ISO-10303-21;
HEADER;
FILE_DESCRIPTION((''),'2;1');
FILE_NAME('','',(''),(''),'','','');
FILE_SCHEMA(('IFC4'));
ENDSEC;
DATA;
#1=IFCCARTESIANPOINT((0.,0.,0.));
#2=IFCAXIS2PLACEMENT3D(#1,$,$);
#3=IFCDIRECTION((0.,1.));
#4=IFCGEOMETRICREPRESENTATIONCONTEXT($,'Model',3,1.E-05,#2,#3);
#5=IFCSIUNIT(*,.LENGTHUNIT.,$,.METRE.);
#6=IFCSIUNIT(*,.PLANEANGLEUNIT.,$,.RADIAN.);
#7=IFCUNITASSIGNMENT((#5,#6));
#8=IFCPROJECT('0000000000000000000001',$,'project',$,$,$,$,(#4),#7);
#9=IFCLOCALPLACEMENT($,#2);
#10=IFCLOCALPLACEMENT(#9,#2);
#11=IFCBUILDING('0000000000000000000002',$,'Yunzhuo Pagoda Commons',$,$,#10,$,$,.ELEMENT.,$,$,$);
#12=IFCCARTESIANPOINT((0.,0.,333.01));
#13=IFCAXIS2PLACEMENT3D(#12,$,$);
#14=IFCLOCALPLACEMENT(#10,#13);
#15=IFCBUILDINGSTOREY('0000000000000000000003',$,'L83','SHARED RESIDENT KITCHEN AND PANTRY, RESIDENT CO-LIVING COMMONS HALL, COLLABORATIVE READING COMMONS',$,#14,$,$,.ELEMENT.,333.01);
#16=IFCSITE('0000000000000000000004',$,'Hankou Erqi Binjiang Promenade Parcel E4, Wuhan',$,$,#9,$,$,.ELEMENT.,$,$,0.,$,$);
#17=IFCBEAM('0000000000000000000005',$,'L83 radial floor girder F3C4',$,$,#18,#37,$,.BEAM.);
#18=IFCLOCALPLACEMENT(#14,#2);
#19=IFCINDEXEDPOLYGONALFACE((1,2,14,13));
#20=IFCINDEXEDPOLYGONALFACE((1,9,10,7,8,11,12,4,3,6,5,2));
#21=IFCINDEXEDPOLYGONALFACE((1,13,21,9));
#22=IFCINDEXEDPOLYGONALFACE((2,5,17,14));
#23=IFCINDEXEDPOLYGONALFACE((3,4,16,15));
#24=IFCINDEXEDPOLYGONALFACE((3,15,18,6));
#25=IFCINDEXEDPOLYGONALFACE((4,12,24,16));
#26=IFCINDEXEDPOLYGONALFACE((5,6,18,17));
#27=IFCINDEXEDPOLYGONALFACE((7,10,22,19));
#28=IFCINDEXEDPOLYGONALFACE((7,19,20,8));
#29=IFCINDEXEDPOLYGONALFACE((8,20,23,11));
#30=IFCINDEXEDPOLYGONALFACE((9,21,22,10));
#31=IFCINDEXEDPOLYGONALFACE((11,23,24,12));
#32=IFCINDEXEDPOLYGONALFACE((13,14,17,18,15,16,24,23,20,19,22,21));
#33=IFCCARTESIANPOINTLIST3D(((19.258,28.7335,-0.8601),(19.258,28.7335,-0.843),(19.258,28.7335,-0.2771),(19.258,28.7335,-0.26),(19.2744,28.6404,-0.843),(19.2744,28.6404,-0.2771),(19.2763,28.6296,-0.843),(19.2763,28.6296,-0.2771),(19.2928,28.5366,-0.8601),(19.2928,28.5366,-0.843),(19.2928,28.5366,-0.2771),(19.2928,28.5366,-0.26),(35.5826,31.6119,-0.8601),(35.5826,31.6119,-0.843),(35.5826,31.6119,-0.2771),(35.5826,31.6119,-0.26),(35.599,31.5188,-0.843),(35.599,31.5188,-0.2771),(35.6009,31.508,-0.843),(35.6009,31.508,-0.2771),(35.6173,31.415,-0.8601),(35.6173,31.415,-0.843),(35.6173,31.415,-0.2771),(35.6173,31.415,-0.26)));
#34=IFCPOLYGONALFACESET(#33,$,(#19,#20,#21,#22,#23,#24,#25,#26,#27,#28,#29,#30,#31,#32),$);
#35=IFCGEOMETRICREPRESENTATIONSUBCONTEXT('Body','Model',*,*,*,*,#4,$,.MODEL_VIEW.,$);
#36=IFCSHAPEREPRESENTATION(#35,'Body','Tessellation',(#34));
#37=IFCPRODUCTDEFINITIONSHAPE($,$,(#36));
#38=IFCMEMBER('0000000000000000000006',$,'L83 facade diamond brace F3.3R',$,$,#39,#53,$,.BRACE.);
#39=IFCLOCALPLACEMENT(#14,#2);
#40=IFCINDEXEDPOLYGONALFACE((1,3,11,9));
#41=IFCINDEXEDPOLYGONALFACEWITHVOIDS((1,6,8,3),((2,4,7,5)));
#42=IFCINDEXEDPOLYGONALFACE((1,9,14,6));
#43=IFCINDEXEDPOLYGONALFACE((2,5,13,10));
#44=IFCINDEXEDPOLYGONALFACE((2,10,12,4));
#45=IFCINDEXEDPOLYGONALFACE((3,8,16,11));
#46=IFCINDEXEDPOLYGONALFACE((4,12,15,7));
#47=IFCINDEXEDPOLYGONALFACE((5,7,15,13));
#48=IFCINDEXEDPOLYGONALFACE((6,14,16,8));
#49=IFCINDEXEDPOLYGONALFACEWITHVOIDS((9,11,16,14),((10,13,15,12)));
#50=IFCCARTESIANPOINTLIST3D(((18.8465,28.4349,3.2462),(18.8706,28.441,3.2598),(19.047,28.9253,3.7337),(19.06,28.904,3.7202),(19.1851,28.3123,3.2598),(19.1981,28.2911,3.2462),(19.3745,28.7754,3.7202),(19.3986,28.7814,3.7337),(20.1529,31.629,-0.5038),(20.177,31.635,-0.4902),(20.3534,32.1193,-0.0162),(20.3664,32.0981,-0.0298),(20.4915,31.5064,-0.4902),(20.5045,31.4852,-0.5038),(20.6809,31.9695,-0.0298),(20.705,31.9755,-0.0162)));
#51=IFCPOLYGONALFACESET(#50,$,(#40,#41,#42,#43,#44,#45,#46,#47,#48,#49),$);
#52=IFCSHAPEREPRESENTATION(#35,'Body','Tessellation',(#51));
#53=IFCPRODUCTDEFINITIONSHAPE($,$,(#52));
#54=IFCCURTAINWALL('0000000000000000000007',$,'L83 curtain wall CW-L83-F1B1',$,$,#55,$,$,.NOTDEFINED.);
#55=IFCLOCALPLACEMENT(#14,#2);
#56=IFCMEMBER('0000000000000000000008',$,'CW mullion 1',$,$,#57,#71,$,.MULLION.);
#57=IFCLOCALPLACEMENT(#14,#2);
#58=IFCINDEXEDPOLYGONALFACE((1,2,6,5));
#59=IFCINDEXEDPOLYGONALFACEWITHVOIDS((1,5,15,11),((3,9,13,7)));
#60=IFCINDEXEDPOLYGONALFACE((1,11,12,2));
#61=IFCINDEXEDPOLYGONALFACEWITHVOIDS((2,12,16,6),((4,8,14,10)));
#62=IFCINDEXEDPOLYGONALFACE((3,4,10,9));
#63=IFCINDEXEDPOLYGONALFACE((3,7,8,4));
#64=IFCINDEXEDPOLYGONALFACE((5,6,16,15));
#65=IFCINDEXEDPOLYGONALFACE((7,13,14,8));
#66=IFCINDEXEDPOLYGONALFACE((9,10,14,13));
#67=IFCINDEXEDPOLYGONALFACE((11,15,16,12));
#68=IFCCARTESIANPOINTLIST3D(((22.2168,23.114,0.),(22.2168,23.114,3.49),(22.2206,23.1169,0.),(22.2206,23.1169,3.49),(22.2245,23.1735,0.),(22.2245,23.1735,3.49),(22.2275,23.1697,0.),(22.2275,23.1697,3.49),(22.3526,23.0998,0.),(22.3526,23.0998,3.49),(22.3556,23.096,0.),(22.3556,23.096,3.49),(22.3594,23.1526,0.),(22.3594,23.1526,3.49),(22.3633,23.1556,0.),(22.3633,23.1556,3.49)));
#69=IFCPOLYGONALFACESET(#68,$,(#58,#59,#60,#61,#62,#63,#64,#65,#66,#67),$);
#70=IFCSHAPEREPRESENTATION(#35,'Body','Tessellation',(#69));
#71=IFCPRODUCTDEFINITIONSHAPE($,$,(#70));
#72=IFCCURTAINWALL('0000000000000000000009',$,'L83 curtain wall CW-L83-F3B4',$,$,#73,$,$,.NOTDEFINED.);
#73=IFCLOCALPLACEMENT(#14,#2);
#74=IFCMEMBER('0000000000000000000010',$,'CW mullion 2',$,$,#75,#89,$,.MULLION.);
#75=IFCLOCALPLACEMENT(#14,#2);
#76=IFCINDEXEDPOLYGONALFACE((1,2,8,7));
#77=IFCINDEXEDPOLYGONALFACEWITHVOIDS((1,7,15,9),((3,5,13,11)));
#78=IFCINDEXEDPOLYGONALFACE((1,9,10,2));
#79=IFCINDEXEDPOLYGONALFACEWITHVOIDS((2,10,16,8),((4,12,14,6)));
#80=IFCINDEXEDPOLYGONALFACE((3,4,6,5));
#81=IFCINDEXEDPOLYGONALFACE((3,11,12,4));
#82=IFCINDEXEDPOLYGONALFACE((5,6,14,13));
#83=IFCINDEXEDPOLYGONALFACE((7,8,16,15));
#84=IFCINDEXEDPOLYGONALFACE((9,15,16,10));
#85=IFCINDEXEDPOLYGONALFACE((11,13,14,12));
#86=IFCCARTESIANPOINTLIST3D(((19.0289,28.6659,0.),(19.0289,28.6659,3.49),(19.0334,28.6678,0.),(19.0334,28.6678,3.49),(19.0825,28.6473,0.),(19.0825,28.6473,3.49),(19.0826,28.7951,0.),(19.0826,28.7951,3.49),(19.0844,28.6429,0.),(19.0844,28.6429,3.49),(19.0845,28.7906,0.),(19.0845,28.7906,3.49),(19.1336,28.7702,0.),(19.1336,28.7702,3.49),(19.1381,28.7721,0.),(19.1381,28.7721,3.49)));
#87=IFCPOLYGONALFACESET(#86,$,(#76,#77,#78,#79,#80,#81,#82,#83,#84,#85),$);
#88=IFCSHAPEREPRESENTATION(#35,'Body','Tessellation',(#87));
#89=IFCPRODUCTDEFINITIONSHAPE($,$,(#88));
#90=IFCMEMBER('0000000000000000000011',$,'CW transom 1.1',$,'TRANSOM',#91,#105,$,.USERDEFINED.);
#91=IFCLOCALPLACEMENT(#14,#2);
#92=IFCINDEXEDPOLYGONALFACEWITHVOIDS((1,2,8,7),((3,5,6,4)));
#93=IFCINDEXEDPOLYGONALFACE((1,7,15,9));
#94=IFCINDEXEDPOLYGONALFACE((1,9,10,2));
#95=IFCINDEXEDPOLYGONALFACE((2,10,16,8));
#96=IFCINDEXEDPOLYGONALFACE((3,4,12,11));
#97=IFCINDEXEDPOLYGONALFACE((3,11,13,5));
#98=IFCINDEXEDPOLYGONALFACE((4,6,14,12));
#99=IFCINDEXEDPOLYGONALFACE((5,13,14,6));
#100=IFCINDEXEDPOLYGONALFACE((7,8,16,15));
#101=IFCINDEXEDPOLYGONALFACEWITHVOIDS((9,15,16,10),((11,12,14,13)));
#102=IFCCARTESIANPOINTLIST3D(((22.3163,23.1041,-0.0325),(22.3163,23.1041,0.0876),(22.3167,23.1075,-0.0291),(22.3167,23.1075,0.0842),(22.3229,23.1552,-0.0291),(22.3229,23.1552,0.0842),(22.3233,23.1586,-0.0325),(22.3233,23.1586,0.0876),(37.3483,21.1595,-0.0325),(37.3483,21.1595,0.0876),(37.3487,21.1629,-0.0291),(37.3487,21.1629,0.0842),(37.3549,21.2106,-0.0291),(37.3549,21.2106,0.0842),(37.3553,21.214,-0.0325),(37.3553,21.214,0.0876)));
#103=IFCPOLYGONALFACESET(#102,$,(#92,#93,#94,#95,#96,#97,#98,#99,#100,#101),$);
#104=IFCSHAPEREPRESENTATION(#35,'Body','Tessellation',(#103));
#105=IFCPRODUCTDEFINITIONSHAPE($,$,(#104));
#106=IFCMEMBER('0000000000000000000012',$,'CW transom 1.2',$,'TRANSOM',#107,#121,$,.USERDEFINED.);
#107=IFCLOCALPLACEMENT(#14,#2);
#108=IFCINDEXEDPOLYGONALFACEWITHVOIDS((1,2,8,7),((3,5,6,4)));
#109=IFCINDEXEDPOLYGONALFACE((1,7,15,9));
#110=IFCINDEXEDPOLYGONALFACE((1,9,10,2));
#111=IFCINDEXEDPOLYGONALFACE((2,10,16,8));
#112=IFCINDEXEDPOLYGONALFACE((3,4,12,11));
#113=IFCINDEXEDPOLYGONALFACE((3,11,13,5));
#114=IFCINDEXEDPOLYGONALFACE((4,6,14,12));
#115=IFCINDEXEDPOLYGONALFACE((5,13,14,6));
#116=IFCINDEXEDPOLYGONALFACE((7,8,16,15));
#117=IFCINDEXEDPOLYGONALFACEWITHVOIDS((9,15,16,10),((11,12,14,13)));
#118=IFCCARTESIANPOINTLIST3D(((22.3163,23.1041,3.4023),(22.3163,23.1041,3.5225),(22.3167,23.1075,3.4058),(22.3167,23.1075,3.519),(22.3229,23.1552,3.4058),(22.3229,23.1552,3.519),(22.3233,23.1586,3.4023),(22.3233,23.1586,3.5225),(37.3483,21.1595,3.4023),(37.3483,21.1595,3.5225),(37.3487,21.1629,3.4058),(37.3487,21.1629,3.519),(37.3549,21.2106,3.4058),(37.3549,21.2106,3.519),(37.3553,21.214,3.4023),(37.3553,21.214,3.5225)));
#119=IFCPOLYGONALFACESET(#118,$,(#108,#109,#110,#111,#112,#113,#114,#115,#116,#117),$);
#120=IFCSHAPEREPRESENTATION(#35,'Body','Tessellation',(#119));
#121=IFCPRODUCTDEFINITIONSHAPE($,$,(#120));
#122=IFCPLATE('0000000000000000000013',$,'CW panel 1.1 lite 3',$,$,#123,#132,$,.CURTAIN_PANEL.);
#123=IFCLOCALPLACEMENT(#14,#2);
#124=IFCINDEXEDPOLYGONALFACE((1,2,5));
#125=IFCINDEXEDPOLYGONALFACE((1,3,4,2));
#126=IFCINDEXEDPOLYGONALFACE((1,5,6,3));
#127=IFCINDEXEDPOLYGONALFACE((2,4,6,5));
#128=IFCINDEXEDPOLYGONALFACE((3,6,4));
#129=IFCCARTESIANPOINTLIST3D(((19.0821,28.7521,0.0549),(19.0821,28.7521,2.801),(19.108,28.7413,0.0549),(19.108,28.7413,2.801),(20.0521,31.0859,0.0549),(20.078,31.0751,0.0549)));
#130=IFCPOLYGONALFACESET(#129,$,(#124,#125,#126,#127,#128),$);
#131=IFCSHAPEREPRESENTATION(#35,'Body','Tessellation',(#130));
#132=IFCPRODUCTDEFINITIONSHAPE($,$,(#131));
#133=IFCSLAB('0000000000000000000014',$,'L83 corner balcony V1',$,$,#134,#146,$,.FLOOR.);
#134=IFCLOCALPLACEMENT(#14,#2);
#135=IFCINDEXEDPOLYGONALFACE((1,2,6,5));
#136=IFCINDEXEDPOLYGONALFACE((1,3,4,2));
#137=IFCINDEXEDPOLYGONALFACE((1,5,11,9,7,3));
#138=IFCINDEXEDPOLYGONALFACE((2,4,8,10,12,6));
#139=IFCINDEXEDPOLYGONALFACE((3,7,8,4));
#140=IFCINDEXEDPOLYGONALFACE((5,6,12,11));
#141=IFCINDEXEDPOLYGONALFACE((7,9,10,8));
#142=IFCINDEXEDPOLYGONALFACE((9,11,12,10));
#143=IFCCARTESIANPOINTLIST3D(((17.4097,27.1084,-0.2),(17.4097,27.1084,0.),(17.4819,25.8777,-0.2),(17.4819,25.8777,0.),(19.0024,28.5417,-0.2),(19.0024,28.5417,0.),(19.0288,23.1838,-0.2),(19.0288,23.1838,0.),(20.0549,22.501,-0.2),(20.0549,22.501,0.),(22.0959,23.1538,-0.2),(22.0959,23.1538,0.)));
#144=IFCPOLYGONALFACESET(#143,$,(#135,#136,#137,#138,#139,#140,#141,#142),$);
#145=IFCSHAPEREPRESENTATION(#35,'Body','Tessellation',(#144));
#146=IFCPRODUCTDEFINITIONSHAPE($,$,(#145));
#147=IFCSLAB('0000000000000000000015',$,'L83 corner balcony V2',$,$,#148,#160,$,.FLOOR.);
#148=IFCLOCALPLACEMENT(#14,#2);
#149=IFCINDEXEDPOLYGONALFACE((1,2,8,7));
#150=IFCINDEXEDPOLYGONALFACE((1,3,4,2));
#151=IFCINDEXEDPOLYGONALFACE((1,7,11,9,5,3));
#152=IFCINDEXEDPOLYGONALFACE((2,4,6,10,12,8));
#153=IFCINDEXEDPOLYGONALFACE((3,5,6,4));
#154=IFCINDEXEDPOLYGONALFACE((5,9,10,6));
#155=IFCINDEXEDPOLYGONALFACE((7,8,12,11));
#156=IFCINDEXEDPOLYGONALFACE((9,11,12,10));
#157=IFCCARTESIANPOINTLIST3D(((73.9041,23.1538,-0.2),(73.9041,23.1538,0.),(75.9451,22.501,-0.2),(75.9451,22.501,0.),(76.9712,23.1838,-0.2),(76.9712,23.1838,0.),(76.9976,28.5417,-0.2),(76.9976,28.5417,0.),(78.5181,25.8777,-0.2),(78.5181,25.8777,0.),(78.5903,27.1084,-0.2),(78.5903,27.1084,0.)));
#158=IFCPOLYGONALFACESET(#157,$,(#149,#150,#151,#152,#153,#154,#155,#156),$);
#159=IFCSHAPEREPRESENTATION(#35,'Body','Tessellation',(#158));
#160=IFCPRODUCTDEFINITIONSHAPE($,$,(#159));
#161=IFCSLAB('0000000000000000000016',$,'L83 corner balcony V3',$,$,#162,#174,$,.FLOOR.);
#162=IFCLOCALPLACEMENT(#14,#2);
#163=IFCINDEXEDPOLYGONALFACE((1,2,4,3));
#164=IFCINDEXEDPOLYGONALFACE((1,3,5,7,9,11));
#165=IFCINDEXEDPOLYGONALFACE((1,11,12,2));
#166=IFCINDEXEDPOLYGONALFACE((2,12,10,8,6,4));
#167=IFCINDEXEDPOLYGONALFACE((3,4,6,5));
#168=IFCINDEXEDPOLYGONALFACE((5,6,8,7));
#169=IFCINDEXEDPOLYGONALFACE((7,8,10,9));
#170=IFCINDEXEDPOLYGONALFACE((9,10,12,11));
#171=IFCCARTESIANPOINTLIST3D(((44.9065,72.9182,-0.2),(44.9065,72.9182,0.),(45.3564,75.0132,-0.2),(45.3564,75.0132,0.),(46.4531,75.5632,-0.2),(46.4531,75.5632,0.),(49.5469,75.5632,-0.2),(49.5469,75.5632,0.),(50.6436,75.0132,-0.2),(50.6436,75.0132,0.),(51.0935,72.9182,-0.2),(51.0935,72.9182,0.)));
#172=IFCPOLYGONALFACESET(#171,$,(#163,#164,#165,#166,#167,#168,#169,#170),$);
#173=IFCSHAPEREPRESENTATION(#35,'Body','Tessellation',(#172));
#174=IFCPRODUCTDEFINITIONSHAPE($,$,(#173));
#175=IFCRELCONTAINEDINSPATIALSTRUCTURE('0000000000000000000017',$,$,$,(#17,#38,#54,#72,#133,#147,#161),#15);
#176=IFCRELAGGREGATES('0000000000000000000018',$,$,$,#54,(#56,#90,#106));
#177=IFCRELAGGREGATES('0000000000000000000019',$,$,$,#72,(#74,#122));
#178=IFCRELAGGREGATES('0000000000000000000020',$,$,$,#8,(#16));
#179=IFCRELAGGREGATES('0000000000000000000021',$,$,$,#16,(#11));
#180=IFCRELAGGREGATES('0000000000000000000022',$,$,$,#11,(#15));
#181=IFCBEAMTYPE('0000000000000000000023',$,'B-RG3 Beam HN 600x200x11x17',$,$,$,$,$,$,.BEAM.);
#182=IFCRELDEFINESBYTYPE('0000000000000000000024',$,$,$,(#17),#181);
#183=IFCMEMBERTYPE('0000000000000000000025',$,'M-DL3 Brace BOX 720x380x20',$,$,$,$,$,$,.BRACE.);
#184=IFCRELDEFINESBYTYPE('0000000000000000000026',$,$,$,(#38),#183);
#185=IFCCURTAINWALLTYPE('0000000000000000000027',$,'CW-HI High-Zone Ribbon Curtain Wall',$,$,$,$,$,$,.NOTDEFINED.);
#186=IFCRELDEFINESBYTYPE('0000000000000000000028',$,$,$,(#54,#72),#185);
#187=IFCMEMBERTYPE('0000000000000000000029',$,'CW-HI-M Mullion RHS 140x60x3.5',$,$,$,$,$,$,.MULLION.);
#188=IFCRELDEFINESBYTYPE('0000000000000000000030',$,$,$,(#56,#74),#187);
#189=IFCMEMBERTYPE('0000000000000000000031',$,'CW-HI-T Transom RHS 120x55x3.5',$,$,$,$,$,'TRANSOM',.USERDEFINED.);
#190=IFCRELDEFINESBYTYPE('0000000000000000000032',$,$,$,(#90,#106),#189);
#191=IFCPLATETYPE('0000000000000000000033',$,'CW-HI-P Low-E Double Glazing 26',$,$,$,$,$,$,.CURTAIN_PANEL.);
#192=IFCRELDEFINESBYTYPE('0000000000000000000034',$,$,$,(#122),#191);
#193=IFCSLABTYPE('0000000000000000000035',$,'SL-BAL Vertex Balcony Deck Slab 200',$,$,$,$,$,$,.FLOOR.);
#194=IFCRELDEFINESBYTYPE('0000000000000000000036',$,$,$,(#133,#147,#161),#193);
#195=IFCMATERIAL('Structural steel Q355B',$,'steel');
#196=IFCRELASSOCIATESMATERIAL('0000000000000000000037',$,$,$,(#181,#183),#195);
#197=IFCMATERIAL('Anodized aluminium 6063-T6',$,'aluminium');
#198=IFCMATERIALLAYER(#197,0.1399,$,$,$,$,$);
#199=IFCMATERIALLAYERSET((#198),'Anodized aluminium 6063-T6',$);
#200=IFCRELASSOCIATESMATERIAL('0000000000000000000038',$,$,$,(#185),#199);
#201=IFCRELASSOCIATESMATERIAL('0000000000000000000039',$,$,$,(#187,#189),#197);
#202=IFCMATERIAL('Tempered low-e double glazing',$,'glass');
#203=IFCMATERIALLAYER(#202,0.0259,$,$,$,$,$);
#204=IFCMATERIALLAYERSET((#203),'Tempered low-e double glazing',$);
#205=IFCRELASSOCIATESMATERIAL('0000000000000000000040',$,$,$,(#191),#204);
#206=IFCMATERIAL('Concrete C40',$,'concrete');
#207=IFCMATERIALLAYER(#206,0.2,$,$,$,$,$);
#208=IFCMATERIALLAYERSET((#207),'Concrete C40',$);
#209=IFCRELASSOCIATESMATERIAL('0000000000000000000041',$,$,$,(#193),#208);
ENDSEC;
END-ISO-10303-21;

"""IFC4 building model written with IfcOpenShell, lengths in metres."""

from ifc_helpers import new_model, si_unit, direction, frame, origin, origin_2d, place, context, subcontext, project, spatial, polyline, hollow_rectangle, i_section, outline, extrude, source, transform, mapped, material, layer, layer_set, material_profile, profile_set, type_object, element, aggregate, save


model = new_model("IFC4")

# Units and contexts
model_context = context("Model", 3, precision=1e-05, world=origin(), true_north=direction((0.0, 1.0)))
body_context = subcontext(model_context, "Body", "Model", "MODEL_VIEW")
ifc_project = project(units=[si_unit("LENGTHUNIT", "METRE"), si_unit("PLANEANGLEUNIT", "RADIAN")], contexts=[model_context])

# Site, building, storey
site_placement = place(None, origin())
site = spatial("IfcSite", under=ifc_project, at=site_placement, Name="Hankou Erqi Binjiang Promenade Parcel E4, Wuhan", CompositionType="ELEMENT", RefElevation=0.0)
building_placement = place(site_placement, origin())
building = spatial("IfcBuilding", under=site, at=building_placement, Name="Yunzhuo Pagoda Commons", CompositionType="ELEMENT")
storey_placement = place(building_placement, frame((0.0, 0.0, 333.01)))
storey = spatial("IfcBuildingStorey", under=building, at=storey_placement, Name="L83", Description="SHARED RESIDENT KITCHEN AND PANTRY, RESIDENT CO-LIVING COMMONS HALL, COLLABORATIVE READING COMMONS", CompositionType="ELEMENT", Elevation=333.01)

# Beam
ifc_material_1 = material(Name="Structural steel Q355B", Category="steel")
ifc_material_profile_1 = material_profile(ifc_material_1, i_section(OverallWidth=0.2, OverallDepth=0.6001, WebThickness=0.011, FlangeThickness=0.0171, at=origin_2d()), Name="Structural steel Q355B")
ifc_profile_set_1 = profile_set([ifc_material_profile_1], Name="Structural steel Q355B")
beam_type = type_object("IfcBeamType", Name="B-RG3 Beam HN 600x200x11x17", PredefinedType="BEAM", material=ifc_profile_set_1)
shared_shape_1 = source(origin(), body_context, "Body", "SweptSolid", [
    extrude(i_section(OverallWidth=0.2, OverallDepth=0.6001, WebThickness=0.011, FlangeThickness=0.0171, at=origin_2d()), origin(), (0.0, 0.0, 1.0), 16.5764),
])
beam_placement = place(storey_placement, frame((19.2754, 28.635, -0.5601), z_axis=(0.984808, 0.173644, 0.0), x_axis=(-0.173644, 0.984808, 0.0)))
element("IfcBeam", 1, at=beam_placement, inside=storey, type_object=beam_type, Name="L83 radial floor girder F3C4", PredefinedType="BEAM", context=body_context, shape_type="MappedRepresentation", body=[
    mapped(shared_shape_1, transform((0.0, 0.0, 0.0), scale=1.0)),
])

# Member
ifc_material_profile_2 = material_profile(ifc_material_1, hollow_rectangle(XDim=0.3799, YDim=0.72, WallThickness=0.02, at=origin_2d()), Name="Structural steel Q355B")
ifc_profile_set_2 = profile_set([ifc_material_profile_2], Name="Structural steel Q355B")
member_type_1 = type_object("IfcMemberType", Name="M-DL3 Brace BOX 720x380x20", PredefinedType="BRACE", material=ifc_profile_set_2)
shared_shape_2 = source(origin(), body_context, "Body", "SweptSolid", [
    extrude(hollow_rectangle(XDim=0.3799, YDim=0.72, WallThickness=0.02, at=origin_2d()), origin(), (0.0, 0.0, 1.0), 5.0962),
])
member_1_placement = place(storey_placement, frame((20.429, 31.8022, -0.26), z_axis=(-0.256346, -0.626758, 0.73584), x_axis=(0.925575, -0.378564, 0.0)))
element("IfcMember", 2, at=member_1_placement, inside=storey, type_object=member_type_1, Name="L83 facade diamond brace F3.3R", PredefinedType="BRACE", context=body_context, shape_type="MappedRepresentation", body=[
    mapped(shared_shape_2, transform((0.0, 0.0, 0.0), scale=1.0)),
])

# Curtain walls, members
ifc_material_2 = material(Name="Anodized aluminium 6063-T6", Category="aluminium")
ifc_layer_1 = layer(ifc_material_2, 0.1399)
ifc_layer_set_1 = layer_set([ifc_layer_1], Name="Anodized aluminium 6063-T6")
curtain_wall_type = type_object("IfcCurtainWallType", Name="CW-HI High-Zone Ribbon Curtain Wall", PredefinedType="NOTDEFINED", material=ifc_layer_set_1)
curtain_wall_1_placement = place(storey_placement, origin())
curtain_wall_1 = element("IfcCurtainWall", 3, at=curtain_wall_1_placement, inside=storey, type_object=curtain_wall_type, Name="L83 curtain wall CW-L83-F1B1", PredefinedType="NOTDEFINED")
ifc_material_profile_3 = material_profile(ifc_material_2, hollow_rectangle(XDim=0.0601, YDim=0.1399, WallThickness=0.0034, at=origin_2d()), Name="Anodized aluminium 6063-T6")
ifc_profile_set_3 = profile_set([ifc_material_profile_3], Name="Anodized aluminium 6063-T6")
member_type_2 = type_object("IfcMemberType", Name="CW-HI-M Mullion RHS 140x60x3.5", PredefinedType="MULLION", material=ifc_profile_set_3)
shared_shape_3 = source(origin(), body_context, "Body", "SweptSolid", [
    extrude(hollow_rectangle(XDim=0.0601, YDim=0.1399, WallThickness=0.0034, at=origin_2d()), origin(), (0.0, 0.0, 1.0), 3.49),
])
member_2_placement = place(storey_placement, frame((22.29, 23.1348, 0.0), z_axis=(0.0, 0.0, 1.0), x_axis=(0.128276, 0.991739, 0.0)))
member_2 = element("IfcMember", 4, at=member_2_placement, type_object=member_type_2, Name="CW mullion 1", PredefinedType="MULLION", context=body_context, shape_type="MappedRepresentation", body=[
    mapped(shared_shape_3, transform((0.0, 0.0, 0.0), scale=1.0)),
])
curtain_wall_2_placement = place(storey_placement, origin())
curtain_wall_2 = element("IfcCurtainWall", 5, at=curtain_wall_2_placement, inside=storey, type_object=curtain_wall_type, Name="L83 curtain wall CW-L83-F3B4", PredefinedType="NOTDEFINED")
member_3_placement = place(storey_placement, frame((19.0835, 28.719, 0.0), z_axis=(0.0, 0.0, 1.0), x_axis=(0.923407, -0.383822, 0.0)))
member_3 = element("IfcMember", 6, at=member_3_placement, type_object=member_type_2, Name="CW mullion 2", PredefinedType="MULLION", context=body_context, shape_type="MappedRepresentation", body=[
    mapped(shared_shape_3, transform((0.0, 0.0, 0.0), scale=1.0)),
])

# Members
ifc_material_profile_4 = material_profile(ifc_material_2, hollow_rectangle(XDim=0.0549, YDim=0.1201, WallThickness=0.0034, at=origin_2d()), Name="Anodized aluminium 6063-T6")
ifc_profile_set_4 = profile_set([ifc_material_profile_4], Name="Anodized aluminium 6063-T6")
member_type_3 = type_object("IfcMemberType", Name="CW-HI-T Transom RHS 120x55x3.5", ElementType="TRANSOM", PredefinedType="USERDEFINED", material=ifc_profile_set_4)
shared_shape_4 = source(origin(), body_context, "Body", "SweptSolid", [
    extrude(hollow_rectangle(XDim=0.0549, YDim=0.1201, WallThickness=0.0034, at=origin_2d()), origin(), (0.0, 0.0, 1.0), 15.1572),
])
member_4_placement = place(storey_placement, frame((22.3198, 23.1313, 0.0276), z_axis=(0.991736, -0.128294, 0.0), x_axis=(0.128294, 0.991736, 0.0)))
member_4 = element("IfcMember", 7, at=member_4_placement, type_object=member_type_3, Name="CW transom 1.1", ObjectType="TRANSOM", PredefinedType="USERDEFINED", context=body_context, shape_type="MappedRepresentation", body=[
    mapped(shared_shape_4, transform((0.0, 0.0, 0.0), scale=1.0)),
])
member_5_placement = place(storey_placement, frame((22.3198, 23.1313, 3.4624), z_axis=(0.991736, -0.128294, 0.0), x_axis=(0.128294, 0.991736, 0.0)))
member_5 = element("IfcMember", 8, at=member_5_placement, type_object=member_type_3, Name="CW transom 1.2", ObjectType="TRANSOM", PredefinedType="USERDEFINED", context=body_context, shape_type="MappedRepresentation", body=[
    mapped(shared_shape_4, transform((0.0, 0.0, 0.0), scale=1.0)),
])
aggregate(curtain_wall_1, [member_2, member_4, member_5])

# Plate
ifc_material_3 = material(Name="Tempered low-e double glazing", Category="glass")
ifc_layer_2 = layer(ifc_material_3, 0.0259)
ifc_layer_set_2 = layer_set([ifc_layer_2], Name="Tempered low-e double glazing")
plate_type_1 = type_object("IfcPlateType", Name="CW-HI-P Low-E Double Glazing 26", PredefinedType="CURTAIN_PANEL", material=ifc_layer_set_2)
plate_1_placement = place(storey_placement, frame((19.593, 29.9082, 1.428), z_axis=(-0.923407, 0.383822, 0.0), x_axis=(-0.383822, -0.923407, 0.0)))
plate_1 = element("IfcPlate", 9, at=plate_1_placement, type_object=plate_type_1, Name="CW panel 1.1 lite 3", PredefinedType="CURTAIN_PANEL", context=body_context, shape_type="SweptSolid", body=[
    extrude(outline(polyline([(-1.2637, -1.373), (1.2637, -1.373), (1.2637, 1.373), (-1.2637, -1.373)])), origin(), (0.0, 0.0, 1.0), 0.0281),
])
aggregate(curtain_wall_2, [member_3, plate_1])

# Slabs
ifc_material_4 = material(Name="Concrete C40", Category="concrete")
ifc_layer_3 = layer(ifc_material_4, 0.2)
ifc_layer_set_3 = layer_set([ifc_layer_3], Name="Concrete C40")
slab_type_1 = type_object("IfcSlabType", Name="SL-BAL Vertex Balcony Deck Slab 200", PredefinedType="FLOOR", material=ifc_layer_set_3)
slab_1_placement = place(storey_placement, frame((0.0, 0.0, -0.2)))
element("IfcSlab", 10, at=slab_1_placement, inside=storey, type_object=slab_type_1, Name="L83 corner balcony V1", PredefinedType="FLOOR", context=body_context, shape_type="SweptSolid", body=[
    extrude(outline(polyline([(19.0024, 28.5417), (22.0959, 23.1538), (20.0549, 22.501), (19.0288, 23.1838), (17.4819, 25.8777), (17.4097, 27.1084), (19.0024, 28.5417)])), origin(), (0.0, 0.0, 1.0), 0.2),
])
slab_2_placement = place(storey_placement, frame((0.0, 0.0, -0.2)))
element("IfcSlab", 11, at=slab_2_placement, inside=storey, type_object=slab_type_1, Name="L83 corner balcony V2", PredefinedType="FLOOR", context=body_context, shape_type="SweptSolid", body=[
    extrude(outline(polyline([(73.9041, 23.1538), (76.9976, 28.5417), (78.5903, 27.1084), (78.5181, 25.8777), (76.9712, 23.1838), (75.9451, 22.501), (73.9041, 23.1538)])), origin(), (0.0, 0.0, 1.0), 0.2),
])
slab_3_placement = place(storey_placement, frame((0.0, 0.0, -0.2)))
element("IfcSlab", 12, at=slab_3_placement, inside=storey, type_object=slab_type_1, Name="L83 corner balcony V3", PredefinedType="FLOOR", context=body_context, shape_type="SweptSolid", body=[
    extrude(outline(polyline([(51.0935, 72.9182), (44.9065, 72.9182), (45.3564, 75.0132), (46.4531, 75.5632), (49.5469, 75.5632), (50.6436, 75.0132), (51.0935, 72.9182)])), origin(), (0.0, 0.0, 1.0), 0.2),
])

save(model, "model.ifc")
